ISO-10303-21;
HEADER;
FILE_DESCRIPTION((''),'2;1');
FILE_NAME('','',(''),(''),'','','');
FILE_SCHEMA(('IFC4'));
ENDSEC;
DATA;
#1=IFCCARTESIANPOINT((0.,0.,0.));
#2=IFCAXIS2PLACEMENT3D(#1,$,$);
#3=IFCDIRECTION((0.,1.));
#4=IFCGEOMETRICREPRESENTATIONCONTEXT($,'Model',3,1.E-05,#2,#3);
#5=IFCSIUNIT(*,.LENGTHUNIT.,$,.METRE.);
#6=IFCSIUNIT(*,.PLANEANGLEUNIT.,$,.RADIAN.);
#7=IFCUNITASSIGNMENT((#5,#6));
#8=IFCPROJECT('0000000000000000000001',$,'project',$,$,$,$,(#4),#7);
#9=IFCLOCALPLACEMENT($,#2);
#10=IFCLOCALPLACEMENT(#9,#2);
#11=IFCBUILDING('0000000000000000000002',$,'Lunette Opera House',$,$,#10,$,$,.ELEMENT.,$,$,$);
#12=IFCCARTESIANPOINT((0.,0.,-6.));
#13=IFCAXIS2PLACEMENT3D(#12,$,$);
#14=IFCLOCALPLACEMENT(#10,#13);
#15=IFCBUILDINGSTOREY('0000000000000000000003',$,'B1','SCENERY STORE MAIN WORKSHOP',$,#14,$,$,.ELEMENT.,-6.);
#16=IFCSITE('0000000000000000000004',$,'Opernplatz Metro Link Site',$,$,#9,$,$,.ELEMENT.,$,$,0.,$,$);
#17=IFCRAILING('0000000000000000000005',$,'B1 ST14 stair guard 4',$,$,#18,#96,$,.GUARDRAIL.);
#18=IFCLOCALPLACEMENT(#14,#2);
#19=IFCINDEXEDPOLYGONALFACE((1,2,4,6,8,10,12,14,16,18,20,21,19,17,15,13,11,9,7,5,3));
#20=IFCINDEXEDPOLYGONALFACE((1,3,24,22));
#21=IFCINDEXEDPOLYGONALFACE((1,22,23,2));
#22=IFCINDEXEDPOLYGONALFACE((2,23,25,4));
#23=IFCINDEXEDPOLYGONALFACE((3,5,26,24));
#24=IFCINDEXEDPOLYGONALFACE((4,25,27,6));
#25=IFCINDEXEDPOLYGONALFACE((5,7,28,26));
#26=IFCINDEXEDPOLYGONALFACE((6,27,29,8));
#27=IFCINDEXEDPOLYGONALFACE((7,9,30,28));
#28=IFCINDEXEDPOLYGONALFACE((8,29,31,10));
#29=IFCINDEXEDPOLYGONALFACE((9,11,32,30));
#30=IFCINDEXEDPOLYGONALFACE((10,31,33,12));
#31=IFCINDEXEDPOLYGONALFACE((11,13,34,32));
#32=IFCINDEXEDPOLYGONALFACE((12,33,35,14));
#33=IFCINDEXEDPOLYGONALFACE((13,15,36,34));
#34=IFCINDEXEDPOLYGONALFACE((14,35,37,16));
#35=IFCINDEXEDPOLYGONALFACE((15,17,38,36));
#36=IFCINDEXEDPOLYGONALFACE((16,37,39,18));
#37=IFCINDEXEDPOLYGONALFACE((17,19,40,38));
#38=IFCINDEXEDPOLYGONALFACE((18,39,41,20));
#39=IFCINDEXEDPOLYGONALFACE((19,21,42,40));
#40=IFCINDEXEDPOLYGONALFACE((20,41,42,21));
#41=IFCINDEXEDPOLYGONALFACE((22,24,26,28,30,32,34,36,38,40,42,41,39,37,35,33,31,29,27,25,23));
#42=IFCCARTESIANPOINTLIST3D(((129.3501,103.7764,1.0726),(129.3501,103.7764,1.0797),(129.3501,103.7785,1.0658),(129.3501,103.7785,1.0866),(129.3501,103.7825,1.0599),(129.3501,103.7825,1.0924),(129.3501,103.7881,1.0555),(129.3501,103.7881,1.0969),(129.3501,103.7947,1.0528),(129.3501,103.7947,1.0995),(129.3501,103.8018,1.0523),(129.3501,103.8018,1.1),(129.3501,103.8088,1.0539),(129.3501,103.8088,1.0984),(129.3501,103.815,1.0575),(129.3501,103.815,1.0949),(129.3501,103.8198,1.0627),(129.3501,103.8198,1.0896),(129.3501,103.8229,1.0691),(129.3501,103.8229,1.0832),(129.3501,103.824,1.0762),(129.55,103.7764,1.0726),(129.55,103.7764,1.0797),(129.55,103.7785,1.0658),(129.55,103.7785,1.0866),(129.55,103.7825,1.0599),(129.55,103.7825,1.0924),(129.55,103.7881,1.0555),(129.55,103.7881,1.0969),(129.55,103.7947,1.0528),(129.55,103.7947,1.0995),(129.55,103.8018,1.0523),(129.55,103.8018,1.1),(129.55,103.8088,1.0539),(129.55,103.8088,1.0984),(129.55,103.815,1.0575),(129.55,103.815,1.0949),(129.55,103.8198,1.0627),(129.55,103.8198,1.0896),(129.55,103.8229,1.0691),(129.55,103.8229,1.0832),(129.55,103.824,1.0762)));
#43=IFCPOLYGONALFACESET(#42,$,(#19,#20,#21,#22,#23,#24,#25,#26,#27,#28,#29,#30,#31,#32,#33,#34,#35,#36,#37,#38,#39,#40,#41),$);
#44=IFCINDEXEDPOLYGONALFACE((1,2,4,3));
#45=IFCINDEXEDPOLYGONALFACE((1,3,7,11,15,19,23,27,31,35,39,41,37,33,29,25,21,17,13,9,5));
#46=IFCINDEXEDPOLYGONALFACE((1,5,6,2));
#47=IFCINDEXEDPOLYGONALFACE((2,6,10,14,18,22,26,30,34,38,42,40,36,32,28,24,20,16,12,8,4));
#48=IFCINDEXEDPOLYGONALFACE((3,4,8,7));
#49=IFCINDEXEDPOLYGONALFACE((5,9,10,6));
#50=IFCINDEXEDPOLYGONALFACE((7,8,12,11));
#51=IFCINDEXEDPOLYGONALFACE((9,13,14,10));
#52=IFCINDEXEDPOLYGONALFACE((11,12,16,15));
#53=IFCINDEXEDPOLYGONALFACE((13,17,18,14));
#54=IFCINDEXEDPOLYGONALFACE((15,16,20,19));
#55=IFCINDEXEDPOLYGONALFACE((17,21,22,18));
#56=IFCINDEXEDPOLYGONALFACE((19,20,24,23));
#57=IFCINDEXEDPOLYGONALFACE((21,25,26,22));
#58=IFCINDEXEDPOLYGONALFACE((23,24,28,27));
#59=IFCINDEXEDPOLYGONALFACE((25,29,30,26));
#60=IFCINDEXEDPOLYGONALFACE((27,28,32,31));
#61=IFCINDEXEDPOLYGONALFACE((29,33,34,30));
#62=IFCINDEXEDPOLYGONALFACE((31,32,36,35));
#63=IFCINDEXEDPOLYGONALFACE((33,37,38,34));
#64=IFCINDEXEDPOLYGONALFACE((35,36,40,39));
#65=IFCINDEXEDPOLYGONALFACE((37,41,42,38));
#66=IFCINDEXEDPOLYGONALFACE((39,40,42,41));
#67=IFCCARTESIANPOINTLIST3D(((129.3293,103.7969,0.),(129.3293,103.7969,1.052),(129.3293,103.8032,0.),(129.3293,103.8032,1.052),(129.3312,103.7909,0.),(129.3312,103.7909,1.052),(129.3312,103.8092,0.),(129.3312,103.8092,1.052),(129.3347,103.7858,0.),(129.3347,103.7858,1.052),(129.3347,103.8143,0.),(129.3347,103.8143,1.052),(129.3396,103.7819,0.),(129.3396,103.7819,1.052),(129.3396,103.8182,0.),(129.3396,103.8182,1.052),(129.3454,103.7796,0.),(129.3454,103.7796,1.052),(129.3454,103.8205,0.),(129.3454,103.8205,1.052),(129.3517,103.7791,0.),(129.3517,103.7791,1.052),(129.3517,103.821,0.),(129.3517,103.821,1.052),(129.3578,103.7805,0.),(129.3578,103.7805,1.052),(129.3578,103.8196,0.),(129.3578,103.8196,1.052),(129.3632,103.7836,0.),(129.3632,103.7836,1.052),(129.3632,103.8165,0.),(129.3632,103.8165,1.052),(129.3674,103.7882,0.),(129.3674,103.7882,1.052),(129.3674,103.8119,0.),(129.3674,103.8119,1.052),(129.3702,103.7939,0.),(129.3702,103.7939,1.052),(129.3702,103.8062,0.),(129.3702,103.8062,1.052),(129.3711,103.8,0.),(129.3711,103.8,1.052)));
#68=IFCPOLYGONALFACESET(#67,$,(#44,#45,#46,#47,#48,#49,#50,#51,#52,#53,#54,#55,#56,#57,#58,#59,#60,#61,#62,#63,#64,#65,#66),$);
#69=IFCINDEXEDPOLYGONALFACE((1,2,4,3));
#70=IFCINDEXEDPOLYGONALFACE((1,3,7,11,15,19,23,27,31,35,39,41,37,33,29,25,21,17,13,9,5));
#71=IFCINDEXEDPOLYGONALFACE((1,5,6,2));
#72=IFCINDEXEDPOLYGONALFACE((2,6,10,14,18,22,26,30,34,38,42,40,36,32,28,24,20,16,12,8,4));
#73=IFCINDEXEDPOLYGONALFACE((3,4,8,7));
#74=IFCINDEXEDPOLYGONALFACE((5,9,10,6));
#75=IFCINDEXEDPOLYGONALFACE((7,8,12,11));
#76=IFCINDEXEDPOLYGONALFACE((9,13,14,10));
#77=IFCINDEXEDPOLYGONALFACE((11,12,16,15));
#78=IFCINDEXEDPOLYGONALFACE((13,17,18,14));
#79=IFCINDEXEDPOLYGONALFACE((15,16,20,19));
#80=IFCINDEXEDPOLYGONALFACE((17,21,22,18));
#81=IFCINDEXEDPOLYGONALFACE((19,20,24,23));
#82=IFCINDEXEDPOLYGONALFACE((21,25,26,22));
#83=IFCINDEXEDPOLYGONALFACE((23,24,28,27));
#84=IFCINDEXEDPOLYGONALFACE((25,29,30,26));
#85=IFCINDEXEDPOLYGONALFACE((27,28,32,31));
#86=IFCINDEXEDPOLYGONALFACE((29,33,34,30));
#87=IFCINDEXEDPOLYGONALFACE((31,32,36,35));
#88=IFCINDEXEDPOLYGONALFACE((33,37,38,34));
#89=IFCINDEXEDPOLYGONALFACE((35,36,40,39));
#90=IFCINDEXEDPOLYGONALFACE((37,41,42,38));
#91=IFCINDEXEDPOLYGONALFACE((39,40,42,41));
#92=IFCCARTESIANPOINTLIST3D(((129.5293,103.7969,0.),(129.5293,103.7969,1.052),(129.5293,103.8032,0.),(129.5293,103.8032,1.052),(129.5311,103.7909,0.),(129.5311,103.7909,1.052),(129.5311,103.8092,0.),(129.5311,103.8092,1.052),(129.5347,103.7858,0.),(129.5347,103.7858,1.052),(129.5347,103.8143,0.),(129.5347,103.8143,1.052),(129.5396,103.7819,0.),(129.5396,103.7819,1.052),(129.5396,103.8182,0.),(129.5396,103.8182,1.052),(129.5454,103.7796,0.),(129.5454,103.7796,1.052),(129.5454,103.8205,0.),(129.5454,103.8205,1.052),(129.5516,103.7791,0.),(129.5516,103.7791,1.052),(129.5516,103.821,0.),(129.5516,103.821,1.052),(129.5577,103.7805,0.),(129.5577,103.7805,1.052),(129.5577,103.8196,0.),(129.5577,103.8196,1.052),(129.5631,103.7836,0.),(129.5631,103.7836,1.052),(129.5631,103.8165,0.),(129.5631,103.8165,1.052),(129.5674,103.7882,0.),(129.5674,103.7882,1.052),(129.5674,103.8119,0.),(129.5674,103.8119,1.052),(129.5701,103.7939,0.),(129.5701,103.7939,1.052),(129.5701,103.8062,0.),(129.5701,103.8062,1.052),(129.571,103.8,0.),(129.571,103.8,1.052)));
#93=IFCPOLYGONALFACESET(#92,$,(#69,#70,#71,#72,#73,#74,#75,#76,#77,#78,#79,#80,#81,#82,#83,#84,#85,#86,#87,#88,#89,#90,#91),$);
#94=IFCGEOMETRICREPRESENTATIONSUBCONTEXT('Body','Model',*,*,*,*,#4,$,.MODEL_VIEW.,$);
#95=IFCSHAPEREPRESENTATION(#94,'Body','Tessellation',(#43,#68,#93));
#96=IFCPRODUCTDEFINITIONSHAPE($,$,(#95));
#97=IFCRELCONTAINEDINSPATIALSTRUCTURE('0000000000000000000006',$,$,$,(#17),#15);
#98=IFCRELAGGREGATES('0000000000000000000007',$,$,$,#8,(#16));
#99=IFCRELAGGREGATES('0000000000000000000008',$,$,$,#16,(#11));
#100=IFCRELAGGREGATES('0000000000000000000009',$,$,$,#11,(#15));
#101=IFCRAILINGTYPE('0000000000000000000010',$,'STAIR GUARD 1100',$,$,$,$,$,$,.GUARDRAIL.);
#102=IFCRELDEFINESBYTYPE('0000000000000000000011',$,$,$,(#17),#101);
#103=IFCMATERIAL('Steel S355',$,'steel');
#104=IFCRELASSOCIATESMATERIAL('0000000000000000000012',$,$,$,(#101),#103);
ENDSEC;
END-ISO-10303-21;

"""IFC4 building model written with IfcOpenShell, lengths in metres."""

from ifc_helpers import new_model, si_unit, direction, frame, origin, origin_2d, place, context, subcontext, project, spatial, circle, extrude, material, type_object, element, save


model = new_model("IFC4")

# Units and contexts
model_context = context("Model", 3, precision=1e-05, world=origin(), true_north=direction((0.0, 1.0)))
body_context = subcontext(model_context, "Body", "Model", "MODEL_VIEW")
ifc_project = project(units=[si_unit("LENGTHUNIT", "METRE"), si_unit("PLANEANGLEUNIT", "RADIAN")], contexts=[model_context])

# Site, building, storey
site_placement = place(None, origin())
site = spatial("IfcSite", under=ifc_project, at=site_placement, Name="Opernplatz Metro Link Site", CompositionType="ELEMENT", RefElevation=0.0)
building_placement = place(site_placement, origin())
building = spatial("IfcBuilding", under=site, at=building_placement, Name="Lunette Opera House", CompositionType="ELEMENT")
storey_placement = place(building_placement, frame((0.0, 0.0, -6.0)))
storey = spatial("IfcBuildingStorey", under=building, at=storey_placement, Name="B1", Description="SCENERY STORE MAIN WORKSHOP", CompositionType="ELEMENT", Elevation=-6.0)

# Railing
ifc_material_1 = material(Name="Steel S355", Category="steel")
railing_type_1 = type_object("IfcRailingType", Name="STAIR GUARD 1100", PredefinedType="GUARDRAIL", material=ifc_material_1)
railing_1_placement = place(storey_placement, frame((129.3501, 103.8, 0.0)))
element("IfcRailing", 1, at=railing_1_placement, inside=storey, type_object=railing_type_1, Name="B1 ST14 stair guard 4", PredefinedType="GUARDRAIL", context=body_context, shape_type="SweptSolid", body=[
    extrude(circle(Radius=0.0239, at=origin_2d()), frame((0.0, 0.0, 1.0762), z_axis=(1.0, 0.0, 0.0), x_axis=(0.0, 1.0, 0.0)), (0.0, 0.0, 1.0), 0.2),
    extrude(circle(Radius=0.021, at=origin_2d()), origin(), (0.0, 0.0, 1.0), 1.052),
    extrude(circle(Radius=0.021, at=origin_2d()), frame((0.2, 0.0, 0.0)), (0.0, 0.0, 1.0), 1.052),
])

save(model, "model.ifc")
